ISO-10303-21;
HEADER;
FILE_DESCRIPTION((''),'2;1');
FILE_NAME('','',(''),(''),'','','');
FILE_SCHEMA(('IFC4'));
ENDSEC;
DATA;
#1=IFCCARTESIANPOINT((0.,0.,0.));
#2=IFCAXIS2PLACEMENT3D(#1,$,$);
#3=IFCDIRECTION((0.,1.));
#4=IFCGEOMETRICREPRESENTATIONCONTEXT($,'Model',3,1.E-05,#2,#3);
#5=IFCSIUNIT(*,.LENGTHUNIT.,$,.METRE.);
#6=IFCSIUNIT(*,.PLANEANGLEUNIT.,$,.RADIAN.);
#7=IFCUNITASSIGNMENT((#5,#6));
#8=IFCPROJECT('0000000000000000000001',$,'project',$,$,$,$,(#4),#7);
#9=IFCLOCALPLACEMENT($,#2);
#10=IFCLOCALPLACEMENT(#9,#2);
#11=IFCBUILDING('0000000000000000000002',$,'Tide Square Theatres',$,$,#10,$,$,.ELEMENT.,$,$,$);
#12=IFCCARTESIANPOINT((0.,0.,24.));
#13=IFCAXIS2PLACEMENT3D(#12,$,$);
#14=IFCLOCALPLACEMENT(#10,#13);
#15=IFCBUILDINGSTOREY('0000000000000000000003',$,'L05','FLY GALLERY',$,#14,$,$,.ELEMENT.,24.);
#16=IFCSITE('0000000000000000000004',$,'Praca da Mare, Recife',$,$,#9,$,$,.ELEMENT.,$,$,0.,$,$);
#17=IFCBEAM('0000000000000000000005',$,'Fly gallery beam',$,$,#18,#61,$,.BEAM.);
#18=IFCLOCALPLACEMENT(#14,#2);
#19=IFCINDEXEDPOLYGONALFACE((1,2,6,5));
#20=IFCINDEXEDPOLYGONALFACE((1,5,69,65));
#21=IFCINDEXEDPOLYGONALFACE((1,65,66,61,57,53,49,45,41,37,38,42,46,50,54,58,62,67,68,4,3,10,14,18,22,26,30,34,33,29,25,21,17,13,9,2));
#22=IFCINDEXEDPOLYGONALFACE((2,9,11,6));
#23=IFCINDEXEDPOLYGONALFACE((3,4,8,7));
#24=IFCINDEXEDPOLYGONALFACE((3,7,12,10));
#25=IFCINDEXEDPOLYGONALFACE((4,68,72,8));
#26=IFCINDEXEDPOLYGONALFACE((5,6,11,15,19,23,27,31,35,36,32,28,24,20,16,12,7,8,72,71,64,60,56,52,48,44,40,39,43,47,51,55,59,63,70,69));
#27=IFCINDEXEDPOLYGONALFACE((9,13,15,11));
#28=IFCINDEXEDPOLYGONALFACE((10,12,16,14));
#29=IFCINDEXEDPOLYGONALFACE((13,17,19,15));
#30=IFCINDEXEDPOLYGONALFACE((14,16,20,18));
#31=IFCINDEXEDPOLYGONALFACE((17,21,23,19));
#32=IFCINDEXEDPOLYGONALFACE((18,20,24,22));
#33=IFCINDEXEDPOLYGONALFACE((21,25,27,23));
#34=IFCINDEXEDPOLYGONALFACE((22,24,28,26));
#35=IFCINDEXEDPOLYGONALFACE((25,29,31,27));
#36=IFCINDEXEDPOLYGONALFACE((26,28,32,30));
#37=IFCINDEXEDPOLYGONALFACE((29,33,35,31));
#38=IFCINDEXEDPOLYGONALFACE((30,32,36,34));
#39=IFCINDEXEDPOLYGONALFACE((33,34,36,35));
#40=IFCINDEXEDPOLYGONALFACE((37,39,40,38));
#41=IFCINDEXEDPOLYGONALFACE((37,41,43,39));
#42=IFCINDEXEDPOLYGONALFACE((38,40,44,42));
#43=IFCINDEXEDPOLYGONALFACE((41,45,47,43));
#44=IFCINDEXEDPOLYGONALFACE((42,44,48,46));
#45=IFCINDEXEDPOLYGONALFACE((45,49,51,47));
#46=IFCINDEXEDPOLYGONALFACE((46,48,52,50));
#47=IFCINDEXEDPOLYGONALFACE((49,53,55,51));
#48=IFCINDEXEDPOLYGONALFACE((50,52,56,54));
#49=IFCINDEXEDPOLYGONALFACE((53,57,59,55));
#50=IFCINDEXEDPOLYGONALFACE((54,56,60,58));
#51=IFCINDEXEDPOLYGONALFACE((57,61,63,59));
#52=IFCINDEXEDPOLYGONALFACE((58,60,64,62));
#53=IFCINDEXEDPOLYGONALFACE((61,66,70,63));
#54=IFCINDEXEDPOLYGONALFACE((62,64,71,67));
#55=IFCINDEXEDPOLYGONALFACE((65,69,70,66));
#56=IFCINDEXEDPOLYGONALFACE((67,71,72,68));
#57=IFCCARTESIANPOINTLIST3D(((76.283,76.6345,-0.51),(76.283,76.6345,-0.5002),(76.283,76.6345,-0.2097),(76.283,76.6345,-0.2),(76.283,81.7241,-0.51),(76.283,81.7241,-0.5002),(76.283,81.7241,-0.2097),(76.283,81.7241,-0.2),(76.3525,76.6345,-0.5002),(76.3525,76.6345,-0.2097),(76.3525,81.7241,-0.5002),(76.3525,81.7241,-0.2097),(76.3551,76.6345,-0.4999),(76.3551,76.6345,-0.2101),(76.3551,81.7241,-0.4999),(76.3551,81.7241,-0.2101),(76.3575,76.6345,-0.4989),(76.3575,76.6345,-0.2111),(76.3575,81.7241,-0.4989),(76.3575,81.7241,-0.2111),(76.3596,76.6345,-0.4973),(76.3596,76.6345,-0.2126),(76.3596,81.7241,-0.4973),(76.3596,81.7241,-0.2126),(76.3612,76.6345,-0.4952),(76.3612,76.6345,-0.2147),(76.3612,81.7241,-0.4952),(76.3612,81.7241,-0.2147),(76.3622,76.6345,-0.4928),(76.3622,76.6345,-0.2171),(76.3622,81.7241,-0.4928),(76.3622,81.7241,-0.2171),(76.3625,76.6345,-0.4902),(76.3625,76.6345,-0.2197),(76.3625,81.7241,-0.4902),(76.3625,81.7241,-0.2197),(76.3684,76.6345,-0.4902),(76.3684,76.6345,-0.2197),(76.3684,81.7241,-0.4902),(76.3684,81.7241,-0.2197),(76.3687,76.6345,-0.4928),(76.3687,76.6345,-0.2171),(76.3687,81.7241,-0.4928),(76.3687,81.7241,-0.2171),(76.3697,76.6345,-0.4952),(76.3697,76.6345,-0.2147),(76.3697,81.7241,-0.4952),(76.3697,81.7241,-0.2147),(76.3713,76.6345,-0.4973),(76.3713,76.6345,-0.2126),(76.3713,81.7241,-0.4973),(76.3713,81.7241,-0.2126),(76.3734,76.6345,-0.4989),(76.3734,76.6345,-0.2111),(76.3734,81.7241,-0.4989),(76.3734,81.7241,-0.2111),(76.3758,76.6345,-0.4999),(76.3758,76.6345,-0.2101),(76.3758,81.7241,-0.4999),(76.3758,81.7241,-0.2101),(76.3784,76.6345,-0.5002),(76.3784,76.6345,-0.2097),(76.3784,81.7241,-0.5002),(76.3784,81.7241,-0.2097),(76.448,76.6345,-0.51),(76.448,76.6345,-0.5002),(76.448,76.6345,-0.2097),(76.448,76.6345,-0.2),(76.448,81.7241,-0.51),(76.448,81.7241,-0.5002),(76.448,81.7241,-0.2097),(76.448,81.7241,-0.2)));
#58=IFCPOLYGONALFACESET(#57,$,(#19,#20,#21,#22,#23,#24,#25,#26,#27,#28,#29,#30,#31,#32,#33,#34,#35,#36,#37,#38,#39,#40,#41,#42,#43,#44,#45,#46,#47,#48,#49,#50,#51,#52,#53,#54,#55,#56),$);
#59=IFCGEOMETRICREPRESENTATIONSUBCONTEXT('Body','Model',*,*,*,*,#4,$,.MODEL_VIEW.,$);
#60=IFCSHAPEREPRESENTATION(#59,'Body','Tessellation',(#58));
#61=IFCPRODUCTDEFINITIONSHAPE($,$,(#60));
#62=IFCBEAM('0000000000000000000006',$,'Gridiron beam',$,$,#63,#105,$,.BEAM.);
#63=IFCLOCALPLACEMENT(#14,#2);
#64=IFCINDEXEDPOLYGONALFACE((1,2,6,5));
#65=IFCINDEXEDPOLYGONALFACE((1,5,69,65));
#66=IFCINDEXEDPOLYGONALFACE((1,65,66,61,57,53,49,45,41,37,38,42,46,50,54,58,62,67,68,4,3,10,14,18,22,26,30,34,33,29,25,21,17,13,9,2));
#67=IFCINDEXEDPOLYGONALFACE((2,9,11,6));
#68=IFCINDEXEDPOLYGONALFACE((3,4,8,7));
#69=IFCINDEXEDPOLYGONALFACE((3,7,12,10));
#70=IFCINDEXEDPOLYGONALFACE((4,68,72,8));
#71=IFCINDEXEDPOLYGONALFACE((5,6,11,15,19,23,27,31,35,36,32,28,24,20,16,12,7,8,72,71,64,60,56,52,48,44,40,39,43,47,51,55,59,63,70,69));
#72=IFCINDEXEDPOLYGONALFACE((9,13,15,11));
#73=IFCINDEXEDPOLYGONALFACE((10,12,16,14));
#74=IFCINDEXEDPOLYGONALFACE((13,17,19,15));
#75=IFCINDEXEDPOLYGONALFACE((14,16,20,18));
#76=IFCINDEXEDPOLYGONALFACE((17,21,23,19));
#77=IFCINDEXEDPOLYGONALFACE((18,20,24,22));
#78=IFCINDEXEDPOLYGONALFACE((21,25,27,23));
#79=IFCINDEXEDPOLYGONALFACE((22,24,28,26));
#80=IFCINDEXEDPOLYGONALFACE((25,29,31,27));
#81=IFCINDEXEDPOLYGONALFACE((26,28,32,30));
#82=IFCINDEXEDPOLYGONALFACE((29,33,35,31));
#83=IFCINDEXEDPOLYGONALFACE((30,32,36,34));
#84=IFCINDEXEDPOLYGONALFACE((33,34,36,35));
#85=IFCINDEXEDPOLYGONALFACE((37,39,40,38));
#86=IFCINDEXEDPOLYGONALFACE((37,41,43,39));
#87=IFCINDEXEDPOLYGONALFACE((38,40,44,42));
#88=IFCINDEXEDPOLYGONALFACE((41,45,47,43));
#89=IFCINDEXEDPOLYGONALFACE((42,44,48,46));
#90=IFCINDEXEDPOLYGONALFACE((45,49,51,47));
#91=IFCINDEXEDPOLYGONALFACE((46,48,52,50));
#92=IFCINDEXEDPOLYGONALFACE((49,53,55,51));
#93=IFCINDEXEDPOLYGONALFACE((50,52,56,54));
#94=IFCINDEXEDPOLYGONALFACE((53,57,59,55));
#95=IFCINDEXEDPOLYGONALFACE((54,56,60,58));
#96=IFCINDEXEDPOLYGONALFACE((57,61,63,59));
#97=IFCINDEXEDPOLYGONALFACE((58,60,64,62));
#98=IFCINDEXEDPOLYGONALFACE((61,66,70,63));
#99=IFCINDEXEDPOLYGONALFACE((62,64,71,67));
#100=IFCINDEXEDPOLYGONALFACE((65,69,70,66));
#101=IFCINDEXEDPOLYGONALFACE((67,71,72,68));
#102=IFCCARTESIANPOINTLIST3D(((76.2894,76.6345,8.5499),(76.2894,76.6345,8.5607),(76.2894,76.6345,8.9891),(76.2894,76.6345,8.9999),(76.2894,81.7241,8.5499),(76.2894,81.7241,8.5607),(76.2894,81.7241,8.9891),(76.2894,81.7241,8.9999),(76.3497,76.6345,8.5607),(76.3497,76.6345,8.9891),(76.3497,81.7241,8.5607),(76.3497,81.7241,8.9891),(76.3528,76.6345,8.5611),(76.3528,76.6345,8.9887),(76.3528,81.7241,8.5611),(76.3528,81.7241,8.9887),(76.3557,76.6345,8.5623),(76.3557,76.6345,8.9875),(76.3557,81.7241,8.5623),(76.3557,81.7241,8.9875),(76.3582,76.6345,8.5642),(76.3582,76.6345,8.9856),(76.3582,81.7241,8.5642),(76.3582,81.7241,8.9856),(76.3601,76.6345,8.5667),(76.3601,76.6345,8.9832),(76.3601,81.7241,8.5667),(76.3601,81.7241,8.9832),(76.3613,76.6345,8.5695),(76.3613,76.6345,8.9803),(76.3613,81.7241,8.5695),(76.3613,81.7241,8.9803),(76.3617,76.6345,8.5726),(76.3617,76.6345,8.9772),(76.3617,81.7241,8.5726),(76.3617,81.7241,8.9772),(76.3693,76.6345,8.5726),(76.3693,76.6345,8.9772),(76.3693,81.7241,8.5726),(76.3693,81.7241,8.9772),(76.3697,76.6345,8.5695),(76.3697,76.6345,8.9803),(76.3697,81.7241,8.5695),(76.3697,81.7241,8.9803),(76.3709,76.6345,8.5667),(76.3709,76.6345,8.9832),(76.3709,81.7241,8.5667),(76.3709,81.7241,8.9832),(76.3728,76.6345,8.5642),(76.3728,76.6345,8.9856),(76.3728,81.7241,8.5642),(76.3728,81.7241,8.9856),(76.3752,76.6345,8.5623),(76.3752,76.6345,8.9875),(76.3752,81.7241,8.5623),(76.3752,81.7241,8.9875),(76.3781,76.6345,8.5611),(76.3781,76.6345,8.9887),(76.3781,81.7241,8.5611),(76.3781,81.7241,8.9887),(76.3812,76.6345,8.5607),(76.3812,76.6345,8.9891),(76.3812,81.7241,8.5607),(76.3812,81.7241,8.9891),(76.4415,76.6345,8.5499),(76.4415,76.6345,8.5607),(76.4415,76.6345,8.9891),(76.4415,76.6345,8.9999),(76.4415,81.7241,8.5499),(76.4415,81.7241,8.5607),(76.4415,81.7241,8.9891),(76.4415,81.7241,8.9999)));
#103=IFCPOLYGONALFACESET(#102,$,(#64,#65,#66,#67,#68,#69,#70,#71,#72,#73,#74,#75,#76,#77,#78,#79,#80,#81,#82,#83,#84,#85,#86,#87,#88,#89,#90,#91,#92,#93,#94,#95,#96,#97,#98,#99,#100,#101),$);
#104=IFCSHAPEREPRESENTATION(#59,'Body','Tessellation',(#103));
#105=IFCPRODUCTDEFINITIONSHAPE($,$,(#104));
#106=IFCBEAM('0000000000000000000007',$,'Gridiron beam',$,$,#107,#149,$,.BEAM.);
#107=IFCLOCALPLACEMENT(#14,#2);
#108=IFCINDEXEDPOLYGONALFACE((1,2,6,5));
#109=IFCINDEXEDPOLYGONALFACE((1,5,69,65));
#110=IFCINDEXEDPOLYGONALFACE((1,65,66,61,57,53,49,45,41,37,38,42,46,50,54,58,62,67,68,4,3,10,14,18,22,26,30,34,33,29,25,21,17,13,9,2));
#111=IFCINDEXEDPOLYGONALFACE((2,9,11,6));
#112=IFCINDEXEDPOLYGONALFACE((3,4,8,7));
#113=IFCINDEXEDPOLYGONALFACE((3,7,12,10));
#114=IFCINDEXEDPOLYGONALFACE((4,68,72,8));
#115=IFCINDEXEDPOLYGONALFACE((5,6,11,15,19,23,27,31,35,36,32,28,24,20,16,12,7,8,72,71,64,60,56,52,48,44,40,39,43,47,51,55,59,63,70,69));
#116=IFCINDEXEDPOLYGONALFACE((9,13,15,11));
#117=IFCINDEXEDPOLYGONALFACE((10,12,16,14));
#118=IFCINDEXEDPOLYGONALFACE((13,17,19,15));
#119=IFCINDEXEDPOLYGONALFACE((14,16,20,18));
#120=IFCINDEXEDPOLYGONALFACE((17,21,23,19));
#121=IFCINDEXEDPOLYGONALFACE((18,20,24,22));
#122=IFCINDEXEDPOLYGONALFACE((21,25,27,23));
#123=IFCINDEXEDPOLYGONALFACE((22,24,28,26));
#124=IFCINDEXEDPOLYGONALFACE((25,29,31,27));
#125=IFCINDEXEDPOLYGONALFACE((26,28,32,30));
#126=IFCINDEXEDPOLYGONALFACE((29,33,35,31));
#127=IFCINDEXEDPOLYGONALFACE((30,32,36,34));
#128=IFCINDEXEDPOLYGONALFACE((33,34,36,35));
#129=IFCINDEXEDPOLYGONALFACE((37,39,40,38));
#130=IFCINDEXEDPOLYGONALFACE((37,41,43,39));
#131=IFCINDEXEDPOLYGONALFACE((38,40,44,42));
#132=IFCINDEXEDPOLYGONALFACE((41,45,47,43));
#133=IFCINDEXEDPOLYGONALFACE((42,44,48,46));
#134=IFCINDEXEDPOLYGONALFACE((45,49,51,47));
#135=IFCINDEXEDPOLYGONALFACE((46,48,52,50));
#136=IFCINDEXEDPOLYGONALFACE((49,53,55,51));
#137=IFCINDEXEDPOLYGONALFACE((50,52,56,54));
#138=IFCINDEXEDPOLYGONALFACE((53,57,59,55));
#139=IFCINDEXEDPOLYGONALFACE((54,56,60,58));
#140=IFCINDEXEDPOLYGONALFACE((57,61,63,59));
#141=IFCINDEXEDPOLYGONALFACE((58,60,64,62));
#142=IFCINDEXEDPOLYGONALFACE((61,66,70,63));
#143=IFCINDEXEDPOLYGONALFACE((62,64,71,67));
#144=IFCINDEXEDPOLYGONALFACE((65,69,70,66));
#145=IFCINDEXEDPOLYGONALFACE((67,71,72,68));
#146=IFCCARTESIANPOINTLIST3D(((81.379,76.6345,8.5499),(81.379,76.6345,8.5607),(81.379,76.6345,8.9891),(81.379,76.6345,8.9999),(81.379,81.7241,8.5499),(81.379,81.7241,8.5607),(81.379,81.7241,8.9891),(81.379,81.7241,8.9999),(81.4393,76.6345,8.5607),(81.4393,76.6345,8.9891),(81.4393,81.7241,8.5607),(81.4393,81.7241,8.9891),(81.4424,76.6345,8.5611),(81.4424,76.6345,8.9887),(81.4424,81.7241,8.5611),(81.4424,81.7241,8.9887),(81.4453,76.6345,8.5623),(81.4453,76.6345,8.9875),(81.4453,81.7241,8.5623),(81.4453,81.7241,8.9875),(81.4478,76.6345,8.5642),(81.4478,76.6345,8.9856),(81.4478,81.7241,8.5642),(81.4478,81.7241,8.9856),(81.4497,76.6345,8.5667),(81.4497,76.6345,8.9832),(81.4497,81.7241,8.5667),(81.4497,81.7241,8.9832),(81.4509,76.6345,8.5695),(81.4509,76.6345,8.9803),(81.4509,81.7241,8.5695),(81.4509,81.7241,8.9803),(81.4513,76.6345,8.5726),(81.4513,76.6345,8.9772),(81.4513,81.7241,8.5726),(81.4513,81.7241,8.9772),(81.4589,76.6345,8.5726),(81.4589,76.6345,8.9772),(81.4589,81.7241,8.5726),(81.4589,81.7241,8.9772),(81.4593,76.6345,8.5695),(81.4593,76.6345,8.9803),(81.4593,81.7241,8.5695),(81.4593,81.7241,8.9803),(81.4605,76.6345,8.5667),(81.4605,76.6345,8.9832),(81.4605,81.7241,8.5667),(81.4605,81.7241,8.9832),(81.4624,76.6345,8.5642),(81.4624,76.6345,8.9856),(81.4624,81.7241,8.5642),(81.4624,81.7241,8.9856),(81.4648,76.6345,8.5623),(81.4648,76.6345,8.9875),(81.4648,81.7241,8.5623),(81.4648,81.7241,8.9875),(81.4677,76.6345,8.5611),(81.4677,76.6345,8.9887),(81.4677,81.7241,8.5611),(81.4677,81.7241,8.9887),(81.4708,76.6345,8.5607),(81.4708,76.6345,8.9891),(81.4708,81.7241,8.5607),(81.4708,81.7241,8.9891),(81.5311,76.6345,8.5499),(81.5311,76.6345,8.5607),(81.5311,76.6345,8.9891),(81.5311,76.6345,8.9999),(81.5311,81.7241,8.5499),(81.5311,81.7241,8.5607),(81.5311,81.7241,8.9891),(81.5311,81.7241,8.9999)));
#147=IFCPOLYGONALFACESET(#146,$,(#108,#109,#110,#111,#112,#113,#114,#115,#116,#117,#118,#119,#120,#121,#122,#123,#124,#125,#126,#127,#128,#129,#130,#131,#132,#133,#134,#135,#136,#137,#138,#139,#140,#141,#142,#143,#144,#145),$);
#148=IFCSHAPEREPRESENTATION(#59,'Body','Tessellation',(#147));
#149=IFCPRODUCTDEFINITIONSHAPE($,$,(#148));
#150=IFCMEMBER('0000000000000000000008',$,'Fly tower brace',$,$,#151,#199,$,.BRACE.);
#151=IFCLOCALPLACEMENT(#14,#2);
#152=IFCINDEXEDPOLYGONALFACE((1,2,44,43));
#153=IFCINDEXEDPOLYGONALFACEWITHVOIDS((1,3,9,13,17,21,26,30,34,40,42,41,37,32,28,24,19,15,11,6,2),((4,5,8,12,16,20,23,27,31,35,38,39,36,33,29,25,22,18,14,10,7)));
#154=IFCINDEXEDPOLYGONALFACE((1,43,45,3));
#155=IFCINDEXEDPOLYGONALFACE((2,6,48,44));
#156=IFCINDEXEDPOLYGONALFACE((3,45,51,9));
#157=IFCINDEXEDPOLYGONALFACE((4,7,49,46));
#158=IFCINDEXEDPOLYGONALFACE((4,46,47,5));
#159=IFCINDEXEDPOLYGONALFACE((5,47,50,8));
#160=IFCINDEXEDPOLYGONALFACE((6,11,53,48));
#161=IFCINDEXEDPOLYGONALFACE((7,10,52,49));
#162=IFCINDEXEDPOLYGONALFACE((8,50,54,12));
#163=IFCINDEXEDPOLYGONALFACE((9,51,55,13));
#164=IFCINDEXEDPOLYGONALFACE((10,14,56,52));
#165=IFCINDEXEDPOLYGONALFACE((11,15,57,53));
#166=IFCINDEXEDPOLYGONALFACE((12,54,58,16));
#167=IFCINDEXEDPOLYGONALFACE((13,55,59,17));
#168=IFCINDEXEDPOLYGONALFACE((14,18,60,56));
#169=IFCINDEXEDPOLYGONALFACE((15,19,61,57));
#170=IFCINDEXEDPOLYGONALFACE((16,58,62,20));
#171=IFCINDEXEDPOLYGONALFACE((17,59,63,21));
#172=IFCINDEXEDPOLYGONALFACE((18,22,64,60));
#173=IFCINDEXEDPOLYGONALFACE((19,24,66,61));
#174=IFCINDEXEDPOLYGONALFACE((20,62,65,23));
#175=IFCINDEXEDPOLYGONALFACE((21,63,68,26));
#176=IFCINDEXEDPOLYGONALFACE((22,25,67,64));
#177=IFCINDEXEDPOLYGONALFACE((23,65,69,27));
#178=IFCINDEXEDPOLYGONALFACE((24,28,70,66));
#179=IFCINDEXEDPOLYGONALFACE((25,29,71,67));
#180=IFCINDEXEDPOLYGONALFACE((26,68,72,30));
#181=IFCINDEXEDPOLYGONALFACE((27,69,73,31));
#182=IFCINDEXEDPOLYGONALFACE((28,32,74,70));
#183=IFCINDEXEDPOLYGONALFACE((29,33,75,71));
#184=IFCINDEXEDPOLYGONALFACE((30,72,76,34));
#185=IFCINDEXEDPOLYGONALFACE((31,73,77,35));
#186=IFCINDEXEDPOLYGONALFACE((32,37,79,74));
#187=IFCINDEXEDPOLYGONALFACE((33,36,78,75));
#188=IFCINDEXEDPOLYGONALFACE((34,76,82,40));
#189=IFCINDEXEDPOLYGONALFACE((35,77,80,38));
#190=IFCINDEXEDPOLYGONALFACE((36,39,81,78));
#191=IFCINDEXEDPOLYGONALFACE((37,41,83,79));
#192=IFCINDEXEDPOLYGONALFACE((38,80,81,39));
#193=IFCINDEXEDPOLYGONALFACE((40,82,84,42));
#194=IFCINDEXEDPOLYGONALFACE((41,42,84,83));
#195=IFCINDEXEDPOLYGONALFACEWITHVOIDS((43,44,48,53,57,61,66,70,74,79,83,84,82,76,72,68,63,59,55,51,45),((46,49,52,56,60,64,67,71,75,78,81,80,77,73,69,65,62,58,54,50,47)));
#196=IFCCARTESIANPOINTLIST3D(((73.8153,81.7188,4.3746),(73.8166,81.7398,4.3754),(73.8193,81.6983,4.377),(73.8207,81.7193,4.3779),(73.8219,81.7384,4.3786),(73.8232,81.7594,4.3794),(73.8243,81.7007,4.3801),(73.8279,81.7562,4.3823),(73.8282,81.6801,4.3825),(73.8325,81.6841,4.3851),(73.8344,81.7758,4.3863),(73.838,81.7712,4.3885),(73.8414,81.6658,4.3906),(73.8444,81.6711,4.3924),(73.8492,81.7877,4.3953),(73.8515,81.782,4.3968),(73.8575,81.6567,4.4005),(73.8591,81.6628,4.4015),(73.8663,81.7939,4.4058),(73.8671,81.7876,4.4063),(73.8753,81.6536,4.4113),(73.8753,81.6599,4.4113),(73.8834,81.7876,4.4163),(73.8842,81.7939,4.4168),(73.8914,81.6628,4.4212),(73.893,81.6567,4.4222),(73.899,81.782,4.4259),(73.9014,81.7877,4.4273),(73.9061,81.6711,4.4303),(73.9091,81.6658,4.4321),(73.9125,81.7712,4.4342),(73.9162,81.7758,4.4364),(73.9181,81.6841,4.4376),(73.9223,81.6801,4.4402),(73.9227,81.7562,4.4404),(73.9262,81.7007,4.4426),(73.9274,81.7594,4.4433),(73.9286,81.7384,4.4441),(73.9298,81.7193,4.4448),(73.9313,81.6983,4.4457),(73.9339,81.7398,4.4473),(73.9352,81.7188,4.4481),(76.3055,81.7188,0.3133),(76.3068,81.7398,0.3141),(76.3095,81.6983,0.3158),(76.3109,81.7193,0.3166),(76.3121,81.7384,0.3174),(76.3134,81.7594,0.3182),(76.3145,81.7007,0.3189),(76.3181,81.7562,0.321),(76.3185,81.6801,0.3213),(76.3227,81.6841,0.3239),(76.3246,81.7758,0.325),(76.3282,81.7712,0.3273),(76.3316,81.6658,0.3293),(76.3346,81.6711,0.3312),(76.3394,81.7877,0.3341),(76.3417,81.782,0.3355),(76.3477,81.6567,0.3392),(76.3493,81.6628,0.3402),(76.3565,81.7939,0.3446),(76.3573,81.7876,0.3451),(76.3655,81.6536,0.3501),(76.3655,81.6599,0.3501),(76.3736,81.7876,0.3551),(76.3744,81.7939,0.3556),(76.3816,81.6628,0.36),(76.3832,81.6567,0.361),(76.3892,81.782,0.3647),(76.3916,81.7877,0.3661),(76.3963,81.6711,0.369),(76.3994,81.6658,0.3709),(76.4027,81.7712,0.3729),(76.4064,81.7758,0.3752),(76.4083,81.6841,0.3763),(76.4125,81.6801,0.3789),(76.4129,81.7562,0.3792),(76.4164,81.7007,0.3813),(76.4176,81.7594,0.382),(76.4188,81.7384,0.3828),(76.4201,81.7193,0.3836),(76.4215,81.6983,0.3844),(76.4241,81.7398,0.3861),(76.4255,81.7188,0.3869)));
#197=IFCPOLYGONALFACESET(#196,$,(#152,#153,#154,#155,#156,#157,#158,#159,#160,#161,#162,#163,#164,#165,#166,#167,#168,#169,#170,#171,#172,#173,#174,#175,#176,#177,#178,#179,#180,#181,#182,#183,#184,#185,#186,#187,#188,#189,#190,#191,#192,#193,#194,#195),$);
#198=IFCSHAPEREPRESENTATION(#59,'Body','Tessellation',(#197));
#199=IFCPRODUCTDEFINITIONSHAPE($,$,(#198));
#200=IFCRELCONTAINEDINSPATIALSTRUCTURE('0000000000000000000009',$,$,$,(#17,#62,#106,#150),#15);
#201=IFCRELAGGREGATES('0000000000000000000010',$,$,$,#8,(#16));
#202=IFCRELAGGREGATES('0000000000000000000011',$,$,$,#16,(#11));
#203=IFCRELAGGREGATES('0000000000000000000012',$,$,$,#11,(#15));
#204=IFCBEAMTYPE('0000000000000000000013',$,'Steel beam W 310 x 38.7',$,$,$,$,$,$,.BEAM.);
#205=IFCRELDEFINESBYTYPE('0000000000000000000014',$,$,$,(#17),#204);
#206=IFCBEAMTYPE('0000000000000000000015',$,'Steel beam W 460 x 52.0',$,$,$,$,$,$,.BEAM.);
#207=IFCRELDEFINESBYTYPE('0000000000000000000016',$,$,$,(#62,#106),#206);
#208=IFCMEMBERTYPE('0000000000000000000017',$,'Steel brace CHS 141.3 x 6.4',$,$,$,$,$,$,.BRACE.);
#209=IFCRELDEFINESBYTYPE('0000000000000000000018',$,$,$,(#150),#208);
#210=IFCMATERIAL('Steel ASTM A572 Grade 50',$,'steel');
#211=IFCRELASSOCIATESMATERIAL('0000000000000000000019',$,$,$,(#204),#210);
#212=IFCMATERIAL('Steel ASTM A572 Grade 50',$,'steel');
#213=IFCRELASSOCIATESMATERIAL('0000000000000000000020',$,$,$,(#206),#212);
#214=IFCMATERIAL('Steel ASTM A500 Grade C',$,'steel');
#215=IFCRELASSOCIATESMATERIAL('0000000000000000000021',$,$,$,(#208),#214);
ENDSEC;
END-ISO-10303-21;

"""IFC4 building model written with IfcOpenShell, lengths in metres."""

from ifc_helpers import new_model, si_unit, direction, frame, origin, origin_2d, place, context, subcontext, project, spatial, hollow_circle, i_section, extrude, material, material_profile, profile_set, type_object, element, save


model = new_model("IFC4")

# Units and contexts
model_context = context("Model", 3, precision=1e-05, world=origin(), true_north=direction((0.0, 1.0)))
body_context = subcontext(model_context, "Body", "Model", "MODEL_VIEW")
ifc_project = project(units=[si_unit("LENGTHUNIT", "METRE"), si_unit("PLANEANGLEUNIT", "RADIAN")], contexts=[model_context])

# Site, building, storey
site_placement = place(None, origin())
site = spatial("IfcSite", under=ifc_project, at=site_placement, Name="Praca da Mare, Recife", CompositionType="ELEMENT", RefElevation=0.0)
building_placement = place(site_placement, origin())
building = spatial("IfcBuilding", under=site, at=building_placement, Name="Tide Square Theatres", CompositionType="ELEMENT")
storey_placement = place(building_placement, frame((0.0, 0.0, 24.0)))
storey = spatial("IfcBuildingStorey", under=building, at=storey_placement, Name="L05", Description="FLY GALLERY", CompositionType="ELEMENT", Elevation=24.0)

# Beams
ifc_material_1 = material(Name="Steel ASTM A572 Grade 50", Category="steel")
ifc_material_profile_1 = material_profile(ifc_material_1, i_section(OverallWidth=0.165, OverallDepth=0.3101, WebThickness=0.0059, FlangeThickness=0.0098, FilletRadius=0.01, at=origin_2d()))
ifc_profile_set_1 = profile_set([ifc_material_profile_1], Name="Steel ASTM A572 Grade 50")
beam_type_1 = type_object("IfcBeamType", Name="Steel beam W 310 x 38.7", PredefinedType="BEAM", material=ifc_profile_set_1)
beam_placement = place(storey_placement, frame((76.3655, 76.6345, -0.355), z_axis=(0.0, 1.0, 0.0), x_axis=(-1.0, 0.0, 0.0)))
element("IfcBeam", 1, at=beam_placement, inside=storey, type_object=beam_type_1, Name="Fly gallery beam", PredefinedType="BEAM", context=body_context, shape_type="SweptSolid", body=[
    extrude(i_section(OverallWidth=0.165, OverallDepth=0.3101, WebThickness=0.0059, FlangeThickness=0.0098, FilletRadius=0.01, at=origin_2d()), origin(), (0.0, 0.0, 1.0), 5.0896),
])
ifc_material_2 = material(Name="Steel ASTM A572 Grade 50", Category="steel")
ifc_material_profile_2 = material_profile(ifc_material_2, i_section(OverallWidth=0.1521, OverallDepth=0.45, WebThickness=0.0076, FlangeThickness=0.0107, FilletRadius=0.012, at=origin_2d()))
ifc_profile_set_2 = profile_set([ifc_material_profile_2], Name="Steel ASTM A572 Grade 50")
beam_type_2 = type_object("IfcBeamType", Name="Steel beam W 460 x 52.0", PredefinedType="BEAM", material=ifc_profile_set_2)
for number, where, z_axis, x_axis, name in (
    (2, (76.3655, 76.6345, 8.7749), (0.0, 1.0, 0.0), (-1.0, 0.0, 0.0), "Gridiron beam"),
    (3, (81.4551, 76.6345, 8.7749), (0.0, 1.0, 0.0), (-1.0, 0.0, 0.0), "Gridiron beam"),
):
    element("IfcBeam", number, at=place(storey_placement, frame(where, z_axis=z_axis, x_axis=x_axis)), inside=storey, type_object=beam_type_2, Name=name, PredefinedType="BEAM", context=body_context, shape_type="SweptSolid", body=[
        extrude(i_section(OverallWidth=0.1521, OverallDepth=0.45, WebThickness=0.0076, FlangeThickness=0.0107, FilletRadius=0.012, at=origin_2d()), origin(), (0.0, 0.0, 1.0), 5.0896),
    ])

# Member
ifc_material_3 = material(Name="Steel ASTM A500 Grade C", Category="steel")
ifc_material_profile_3 = material_profile(ifc_material_3, hollow_circle(Radius=0.0706, WallThickness=0.0063, at=origin_2d()))
ifc_profile_set_3 = profile_set([ifc_material_profile_3], Name="Steel ASTM A500 Grade C")
member_type = type_object("IfcMemberType", Name="Steel brace CHS 141.3 x 6.4", PredefinedType="BRACE", material=ifc_profile_set_3)
member_1_placement = place(storey_placement, frame((76.3655, 81.7241, 0.3501), z_axis=(-0.522724, 0.0, 0.852502), x_axis=(0.0, -1.0, 0.0)))
element("IfcMember", 4, at=member_1_placement, inside=storey, type_object=member_type, Name="Fly tower brace", PredefinedType="BRACE", context=body_context, shape_type="SweptSolid", body=[
    extrude(hollow_circle(Radius=0.0706, WallThickness=0.0063, at=origin_2d()), origin(), (0.0, 0.0, 1.0), 4.7639),
])

save(model, "model.ifc")
